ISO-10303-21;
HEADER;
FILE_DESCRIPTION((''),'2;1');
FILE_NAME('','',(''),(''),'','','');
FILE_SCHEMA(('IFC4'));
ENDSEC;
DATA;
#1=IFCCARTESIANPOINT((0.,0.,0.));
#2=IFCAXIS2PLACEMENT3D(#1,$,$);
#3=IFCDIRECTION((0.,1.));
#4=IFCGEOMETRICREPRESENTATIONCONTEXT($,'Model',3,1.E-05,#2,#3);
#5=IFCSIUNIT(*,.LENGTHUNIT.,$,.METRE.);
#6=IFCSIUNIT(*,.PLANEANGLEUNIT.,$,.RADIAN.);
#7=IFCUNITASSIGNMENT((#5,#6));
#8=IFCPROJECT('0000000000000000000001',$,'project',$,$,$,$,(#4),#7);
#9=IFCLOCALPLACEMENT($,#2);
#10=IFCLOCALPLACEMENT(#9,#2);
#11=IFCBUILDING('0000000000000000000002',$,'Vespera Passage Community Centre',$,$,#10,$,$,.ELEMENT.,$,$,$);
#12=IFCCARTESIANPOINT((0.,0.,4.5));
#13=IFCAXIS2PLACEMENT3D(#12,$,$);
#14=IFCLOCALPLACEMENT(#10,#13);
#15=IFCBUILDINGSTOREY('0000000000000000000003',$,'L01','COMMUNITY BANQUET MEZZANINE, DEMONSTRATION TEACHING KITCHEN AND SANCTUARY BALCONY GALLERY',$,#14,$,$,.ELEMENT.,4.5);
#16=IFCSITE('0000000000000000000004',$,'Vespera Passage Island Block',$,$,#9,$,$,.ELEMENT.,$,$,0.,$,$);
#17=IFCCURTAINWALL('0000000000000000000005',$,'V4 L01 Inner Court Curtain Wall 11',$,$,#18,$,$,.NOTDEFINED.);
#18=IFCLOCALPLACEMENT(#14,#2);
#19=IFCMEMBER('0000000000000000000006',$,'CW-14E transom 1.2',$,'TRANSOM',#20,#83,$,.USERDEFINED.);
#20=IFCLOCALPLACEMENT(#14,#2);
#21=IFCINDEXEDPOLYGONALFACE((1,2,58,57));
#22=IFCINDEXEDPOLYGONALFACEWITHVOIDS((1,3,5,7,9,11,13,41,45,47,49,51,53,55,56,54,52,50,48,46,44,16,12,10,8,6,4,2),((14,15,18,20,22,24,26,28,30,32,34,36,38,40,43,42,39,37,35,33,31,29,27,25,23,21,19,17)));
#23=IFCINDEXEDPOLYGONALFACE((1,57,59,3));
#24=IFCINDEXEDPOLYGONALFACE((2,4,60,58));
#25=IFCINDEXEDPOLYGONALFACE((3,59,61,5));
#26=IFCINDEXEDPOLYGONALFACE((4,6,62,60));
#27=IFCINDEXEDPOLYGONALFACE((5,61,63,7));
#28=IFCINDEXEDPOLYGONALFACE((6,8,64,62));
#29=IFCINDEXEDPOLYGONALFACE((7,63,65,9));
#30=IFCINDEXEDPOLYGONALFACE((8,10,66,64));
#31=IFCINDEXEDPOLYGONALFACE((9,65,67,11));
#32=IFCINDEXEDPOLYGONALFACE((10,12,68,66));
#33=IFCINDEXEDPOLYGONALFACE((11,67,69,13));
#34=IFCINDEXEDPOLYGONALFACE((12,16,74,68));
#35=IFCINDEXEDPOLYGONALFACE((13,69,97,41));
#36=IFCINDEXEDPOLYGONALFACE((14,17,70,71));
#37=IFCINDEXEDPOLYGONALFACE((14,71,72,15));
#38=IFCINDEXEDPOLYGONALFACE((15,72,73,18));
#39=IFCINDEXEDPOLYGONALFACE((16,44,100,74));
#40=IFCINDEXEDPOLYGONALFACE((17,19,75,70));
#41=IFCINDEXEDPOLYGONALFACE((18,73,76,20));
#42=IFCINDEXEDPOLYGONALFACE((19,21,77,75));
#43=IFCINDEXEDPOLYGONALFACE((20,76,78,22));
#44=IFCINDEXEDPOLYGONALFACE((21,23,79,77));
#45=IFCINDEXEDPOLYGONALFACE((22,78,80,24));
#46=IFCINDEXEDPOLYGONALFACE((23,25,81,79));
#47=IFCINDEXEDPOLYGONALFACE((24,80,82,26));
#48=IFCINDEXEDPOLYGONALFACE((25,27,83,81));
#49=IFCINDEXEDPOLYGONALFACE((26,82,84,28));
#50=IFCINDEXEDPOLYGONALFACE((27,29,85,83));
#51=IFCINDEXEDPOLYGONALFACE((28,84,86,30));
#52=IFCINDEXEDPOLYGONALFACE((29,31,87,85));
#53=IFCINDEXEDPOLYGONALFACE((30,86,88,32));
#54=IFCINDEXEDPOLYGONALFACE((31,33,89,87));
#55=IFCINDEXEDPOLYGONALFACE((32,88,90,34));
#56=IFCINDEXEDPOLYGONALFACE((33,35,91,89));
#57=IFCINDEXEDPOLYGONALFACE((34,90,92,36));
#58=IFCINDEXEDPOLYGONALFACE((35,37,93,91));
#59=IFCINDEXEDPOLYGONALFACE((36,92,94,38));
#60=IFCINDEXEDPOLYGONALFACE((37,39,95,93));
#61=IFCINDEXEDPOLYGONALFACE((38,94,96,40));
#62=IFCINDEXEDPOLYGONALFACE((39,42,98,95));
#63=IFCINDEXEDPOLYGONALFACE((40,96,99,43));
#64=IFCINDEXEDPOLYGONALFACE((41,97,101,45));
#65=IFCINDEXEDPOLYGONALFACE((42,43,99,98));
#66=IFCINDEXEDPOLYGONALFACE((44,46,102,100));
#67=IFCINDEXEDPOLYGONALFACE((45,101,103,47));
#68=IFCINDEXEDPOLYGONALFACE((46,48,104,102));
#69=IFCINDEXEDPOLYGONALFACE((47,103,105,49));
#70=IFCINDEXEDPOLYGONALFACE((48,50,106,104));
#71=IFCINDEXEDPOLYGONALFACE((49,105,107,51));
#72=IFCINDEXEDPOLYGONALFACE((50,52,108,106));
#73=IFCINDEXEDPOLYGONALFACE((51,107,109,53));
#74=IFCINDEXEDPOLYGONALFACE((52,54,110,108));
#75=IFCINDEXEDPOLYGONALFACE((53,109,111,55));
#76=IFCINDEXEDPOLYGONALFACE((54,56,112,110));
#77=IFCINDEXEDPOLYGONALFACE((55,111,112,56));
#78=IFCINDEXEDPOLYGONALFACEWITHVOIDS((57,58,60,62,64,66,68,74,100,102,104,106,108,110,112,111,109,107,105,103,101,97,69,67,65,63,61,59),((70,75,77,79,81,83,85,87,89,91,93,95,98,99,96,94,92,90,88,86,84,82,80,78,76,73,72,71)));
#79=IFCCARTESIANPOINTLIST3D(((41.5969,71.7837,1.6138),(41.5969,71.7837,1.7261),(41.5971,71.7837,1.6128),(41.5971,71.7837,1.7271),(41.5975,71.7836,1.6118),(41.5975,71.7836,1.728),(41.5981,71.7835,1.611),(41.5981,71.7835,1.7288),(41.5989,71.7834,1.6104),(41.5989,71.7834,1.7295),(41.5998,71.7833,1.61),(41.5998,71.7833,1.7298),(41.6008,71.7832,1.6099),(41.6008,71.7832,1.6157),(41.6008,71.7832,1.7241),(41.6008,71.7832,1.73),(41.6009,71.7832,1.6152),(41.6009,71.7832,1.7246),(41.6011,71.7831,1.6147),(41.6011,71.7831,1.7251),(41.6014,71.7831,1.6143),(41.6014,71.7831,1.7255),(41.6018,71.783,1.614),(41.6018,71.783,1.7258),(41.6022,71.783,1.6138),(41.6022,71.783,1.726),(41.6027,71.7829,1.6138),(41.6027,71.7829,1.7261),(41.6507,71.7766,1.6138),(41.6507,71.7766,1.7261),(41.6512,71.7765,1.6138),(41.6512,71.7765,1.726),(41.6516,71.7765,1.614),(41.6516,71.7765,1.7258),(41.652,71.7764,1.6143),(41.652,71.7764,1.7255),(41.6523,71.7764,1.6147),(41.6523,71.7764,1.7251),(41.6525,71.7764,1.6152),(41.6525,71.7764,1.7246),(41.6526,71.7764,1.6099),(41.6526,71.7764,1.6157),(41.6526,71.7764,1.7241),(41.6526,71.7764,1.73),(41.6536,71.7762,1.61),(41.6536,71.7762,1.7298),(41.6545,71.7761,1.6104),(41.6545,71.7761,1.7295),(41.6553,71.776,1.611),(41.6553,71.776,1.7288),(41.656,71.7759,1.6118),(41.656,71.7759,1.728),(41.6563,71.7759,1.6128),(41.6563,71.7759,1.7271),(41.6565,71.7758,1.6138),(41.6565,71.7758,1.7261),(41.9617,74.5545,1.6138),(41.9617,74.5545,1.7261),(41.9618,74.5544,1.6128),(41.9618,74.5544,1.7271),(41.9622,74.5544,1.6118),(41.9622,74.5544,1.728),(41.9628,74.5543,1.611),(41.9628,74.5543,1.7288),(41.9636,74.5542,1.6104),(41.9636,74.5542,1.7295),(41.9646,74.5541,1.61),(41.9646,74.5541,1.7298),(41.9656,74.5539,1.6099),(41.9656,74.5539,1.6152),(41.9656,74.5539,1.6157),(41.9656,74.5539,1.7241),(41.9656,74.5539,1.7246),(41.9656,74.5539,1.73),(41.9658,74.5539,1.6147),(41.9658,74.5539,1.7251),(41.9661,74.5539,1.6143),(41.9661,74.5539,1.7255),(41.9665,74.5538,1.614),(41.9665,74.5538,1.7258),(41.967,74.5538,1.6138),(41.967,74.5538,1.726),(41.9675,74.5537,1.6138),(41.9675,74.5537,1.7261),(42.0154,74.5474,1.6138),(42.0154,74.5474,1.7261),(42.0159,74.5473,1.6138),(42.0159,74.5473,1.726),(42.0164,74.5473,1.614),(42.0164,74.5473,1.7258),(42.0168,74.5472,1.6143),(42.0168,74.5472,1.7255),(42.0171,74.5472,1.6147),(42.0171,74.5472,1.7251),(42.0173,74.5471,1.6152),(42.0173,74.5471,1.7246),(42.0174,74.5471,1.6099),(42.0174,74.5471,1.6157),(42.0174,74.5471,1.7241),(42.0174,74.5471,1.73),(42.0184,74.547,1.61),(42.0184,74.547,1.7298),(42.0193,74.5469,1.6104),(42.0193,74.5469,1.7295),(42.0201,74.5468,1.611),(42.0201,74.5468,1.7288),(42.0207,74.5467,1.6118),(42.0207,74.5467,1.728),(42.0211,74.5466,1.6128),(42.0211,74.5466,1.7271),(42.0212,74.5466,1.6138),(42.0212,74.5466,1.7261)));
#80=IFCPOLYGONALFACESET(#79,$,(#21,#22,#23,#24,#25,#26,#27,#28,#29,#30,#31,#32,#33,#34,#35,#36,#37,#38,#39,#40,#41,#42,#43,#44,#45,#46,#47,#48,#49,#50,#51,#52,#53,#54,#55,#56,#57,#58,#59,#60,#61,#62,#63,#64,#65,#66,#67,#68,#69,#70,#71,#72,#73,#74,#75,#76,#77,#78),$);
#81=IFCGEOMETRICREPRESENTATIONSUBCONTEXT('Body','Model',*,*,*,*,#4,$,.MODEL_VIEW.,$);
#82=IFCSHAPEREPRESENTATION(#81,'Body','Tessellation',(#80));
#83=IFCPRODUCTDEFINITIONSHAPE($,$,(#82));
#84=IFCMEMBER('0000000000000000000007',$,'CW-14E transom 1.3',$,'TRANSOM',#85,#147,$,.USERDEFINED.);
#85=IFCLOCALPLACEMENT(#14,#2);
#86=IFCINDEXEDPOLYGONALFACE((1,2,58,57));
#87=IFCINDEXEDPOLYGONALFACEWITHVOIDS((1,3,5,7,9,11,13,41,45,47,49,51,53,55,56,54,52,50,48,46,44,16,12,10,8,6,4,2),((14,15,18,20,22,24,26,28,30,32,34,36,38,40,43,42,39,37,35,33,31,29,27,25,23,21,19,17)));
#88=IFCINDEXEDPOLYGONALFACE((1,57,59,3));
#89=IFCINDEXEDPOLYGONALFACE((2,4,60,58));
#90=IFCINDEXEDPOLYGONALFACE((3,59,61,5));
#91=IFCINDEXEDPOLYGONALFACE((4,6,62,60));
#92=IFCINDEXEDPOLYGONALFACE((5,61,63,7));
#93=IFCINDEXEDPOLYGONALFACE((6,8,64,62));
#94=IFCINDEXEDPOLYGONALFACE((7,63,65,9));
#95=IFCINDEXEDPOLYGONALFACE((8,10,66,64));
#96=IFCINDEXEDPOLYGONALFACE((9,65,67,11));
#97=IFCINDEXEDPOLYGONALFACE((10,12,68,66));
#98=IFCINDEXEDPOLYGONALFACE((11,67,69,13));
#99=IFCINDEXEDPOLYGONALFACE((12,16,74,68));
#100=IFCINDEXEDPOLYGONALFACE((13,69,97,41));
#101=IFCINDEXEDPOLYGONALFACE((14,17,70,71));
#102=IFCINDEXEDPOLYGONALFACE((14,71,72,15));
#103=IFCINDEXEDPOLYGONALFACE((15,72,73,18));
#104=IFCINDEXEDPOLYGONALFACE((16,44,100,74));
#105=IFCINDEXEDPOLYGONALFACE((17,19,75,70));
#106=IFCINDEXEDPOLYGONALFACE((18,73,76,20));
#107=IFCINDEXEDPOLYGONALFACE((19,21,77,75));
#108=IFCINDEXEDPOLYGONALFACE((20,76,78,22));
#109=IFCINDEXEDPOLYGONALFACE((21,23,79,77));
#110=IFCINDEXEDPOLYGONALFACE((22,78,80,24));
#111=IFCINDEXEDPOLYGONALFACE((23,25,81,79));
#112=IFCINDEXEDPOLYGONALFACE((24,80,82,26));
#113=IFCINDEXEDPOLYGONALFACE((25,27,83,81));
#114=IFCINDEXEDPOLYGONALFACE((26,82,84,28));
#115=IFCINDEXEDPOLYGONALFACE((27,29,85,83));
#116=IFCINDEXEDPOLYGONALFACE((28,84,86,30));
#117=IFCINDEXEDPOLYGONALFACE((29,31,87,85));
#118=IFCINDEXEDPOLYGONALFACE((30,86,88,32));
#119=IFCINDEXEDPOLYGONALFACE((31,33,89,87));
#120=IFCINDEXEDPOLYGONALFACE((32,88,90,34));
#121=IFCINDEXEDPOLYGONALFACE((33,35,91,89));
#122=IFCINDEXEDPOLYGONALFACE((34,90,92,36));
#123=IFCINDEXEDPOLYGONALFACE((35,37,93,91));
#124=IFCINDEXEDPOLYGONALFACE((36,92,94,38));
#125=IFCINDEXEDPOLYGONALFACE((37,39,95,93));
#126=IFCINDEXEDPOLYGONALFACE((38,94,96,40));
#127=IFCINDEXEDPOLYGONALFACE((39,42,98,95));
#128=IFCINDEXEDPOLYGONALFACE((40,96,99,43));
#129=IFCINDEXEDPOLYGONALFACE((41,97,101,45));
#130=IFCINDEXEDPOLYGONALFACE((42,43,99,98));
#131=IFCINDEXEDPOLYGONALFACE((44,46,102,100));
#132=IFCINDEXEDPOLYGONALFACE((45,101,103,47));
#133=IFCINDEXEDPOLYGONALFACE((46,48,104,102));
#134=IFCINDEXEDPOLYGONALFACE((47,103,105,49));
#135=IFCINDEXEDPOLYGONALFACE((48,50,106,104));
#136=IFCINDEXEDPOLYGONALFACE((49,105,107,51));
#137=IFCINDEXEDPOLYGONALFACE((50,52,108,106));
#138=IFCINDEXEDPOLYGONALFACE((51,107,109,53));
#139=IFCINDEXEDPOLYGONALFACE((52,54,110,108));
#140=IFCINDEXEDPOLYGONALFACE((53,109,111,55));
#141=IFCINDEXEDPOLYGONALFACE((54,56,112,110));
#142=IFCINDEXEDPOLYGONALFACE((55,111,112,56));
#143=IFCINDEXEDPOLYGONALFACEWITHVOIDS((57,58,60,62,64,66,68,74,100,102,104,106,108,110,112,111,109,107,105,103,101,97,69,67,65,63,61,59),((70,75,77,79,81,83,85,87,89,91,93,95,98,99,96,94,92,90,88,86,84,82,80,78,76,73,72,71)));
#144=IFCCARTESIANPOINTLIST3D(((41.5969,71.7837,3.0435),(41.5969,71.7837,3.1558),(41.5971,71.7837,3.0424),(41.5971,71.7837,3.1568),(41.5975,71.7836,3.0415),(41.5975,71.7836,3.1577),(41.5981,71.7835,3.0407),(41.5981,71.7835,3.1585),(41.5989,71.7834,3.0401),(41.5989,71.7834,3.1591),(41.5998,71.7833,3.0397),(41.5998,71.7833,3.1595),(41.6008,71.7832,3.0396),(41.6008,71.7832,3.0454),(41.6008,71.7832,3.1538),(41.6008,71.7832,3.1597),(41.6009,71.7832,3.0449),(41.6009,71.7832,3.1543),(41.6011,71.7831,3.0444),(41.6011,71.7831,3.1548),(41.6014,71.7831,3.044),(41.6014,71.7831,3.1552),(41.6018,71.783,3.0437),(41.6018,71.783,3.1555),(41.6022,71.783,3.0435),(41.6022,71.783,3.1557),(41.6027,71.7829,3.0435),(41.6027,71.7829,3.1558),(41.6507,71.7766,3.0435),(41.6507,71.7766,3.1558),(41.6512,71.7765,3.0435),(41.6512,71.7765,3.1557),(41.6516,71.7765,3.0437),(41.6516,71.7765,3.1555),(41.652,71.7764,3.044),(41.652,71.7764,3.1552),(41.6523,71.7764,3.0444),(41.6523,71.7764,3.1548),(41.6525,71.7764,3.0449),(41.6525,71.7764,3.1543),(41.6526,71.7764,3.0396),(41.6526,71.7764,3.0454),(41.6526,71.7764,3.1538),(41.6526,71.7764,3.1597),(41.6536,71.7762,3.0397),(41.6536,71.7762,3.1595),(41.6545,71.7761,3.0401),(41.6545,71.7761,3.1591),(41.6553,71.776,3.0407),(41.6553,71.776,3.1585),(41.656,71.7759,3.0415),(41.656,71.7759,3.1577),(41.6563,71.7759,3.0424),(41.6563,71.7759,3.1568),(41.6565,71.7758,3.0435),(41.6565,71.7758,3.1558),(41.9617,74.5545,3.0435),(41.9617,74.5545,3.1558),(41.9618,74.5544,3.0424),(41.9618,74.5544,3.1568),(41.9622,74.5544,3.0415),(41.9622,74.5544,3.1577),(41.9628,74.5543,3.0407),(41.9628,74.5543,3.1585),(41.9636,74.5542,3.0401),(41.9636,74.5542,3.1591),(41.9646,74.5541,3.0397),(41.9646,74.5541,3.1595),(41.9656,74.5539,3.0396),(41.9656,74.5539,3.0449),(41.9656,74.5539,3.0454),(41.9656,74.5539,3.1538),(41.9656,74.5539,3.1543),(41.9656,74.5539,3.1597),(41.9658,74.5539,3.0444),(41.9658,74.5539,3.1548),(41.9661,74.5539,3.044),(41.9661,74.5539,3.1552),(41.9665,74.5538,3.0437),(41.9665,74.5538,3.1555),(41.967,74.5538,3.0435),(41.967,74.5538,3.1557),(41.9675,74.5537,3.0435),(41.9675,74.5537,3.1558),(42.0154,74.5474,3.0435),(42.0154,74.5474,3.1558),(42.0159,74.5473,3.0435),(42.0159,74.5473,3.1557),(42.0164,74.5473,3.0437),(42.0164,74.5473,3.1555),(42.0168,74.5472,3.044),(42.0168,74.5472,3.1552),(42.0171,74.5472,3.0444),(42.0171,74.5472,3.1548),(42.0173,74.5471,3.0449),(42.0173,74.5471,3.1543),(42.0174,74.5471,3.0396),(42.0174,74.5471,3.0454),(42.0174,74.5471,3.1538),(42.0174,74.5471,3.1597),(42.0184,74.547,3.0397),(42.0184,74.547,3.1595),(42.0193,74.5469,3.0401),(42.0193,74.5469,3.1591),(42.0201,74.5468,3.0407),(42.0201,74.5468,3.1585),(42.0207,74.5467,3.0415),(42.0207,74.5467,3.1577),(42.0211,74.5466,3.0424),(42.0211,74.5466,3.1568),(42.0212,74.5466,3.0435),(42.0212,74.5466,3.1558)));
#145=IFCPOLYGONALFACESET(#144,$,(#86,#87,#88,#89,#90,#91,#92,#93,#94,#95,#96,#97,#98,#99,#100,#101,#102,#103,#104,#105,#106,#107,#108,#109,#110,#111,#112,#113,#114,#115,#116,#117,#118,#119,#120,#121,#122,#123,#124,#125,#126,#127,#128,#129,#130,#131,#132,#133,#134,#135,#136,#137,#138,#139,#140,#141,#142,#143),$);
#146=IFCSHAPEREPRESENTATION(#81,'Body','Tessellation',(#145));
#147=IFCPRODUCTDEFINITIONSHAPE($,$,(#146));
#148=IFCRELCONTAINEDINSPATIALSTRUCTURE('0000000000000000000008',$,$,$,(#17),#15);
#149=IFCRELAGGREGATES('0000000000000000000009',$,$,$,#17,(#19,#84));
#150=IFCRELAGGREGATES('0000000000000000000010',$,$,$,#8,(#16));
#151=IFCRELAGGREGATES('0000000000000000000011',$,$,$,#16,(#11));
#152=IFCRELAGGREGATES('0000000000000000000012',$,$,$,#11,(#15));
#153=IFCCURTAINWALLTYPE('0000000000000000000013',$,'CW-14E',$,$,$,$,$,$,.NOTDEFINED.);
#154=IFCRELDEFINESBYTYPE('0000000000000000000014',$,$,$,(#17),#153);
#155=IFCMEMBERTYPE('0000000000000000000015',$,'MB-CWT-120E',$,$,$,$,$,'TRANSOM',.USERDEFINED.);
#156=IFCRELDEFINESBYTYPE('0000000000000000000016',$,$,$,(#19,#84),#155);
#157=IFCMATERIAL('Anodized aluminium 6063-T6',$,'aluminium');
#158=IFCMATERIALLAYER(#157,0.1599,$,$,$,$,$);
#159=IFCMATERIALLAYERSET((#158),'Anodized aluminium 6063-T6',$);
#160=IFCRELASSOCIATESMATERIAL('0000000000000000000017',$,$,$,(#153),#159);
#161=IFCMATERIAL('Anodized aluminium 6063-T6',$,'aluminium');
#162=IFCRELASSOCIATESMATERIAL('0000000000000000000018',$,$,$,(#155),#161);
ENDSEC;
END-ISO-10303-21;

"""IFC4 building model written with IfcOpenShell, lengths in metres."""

from ifc_helpers import new_model, si_unit, direction, frame, origin, origin_2d, place, context, subcontext, project, spatial, hollow_rectangle, extrude, material, layer, layer_set, material_profile, profile_set, type_object, element, aggregate, save


model = new_model("IFC4")

# Units and contexts
model_context = context("Model", 3, precision=1e-05, world=origin(), true_north=direction((0.0, 1.0)))
body_context = subcontext(model_context, "Body", "Model", "MODEL_VIEW")
ifc_project = project(units=[si_unit("LENGTHUNIT", "METRE"), si_unit("PLANEANGLEUNIT", "RADIAN")], contexts=[model_context])

# Site, building, storey
site_placement = place(None, origin())
site = spatial("IfcSite", under=ifc_project, at=site_placement, Name="Vespera Passage Island Block", CompositionType="ELEMENT", RefElevation=0.0)
building_placement = place(site_placement, origin())
building = spatial("IfcBuilding", under=site, at=building_placement, Name="Vespera Passage Community Centre", CompositionType="ELEMENT")
storey_placement = place(building_placement, frame((0.0, 0.0, 4.5)))
storey = spatial("IfcBuildingStorey", under=building, at=storey_placement, Name="L01", Description="COMMUNITY BANQUET MEZZANINE, DEMONSTRATION TEACHING KITCHEN AND SANCTUARY BALCONY GALLERY", CompositionType="ELEMENT", Elevation=4.5)

# Curtain wall
ifc_material_1 = material(Name="Anodized aluminium 6063-T6", Category="aluminium")
ifc_layer_1 = layer(ifc_material_1, 0.1599)
ifc_layer_set_1 = layer_set([ifc_layer_1], Name="Anodized aluminium 6063-T6")
curtain_wall_type_1 = type_object("IfcCurtainWallType", Name="CW-14E", PredefinedType="NOTDEFINED", material=ifc_layer_set_1)
curtain_wall_1_placement = place(storey_placement, origin())
curtain_wall_1 = element("IfcCurtainWall", 1, at=curtain_wall_1_placement, inside=storey, type_object=curtain_wall_type_1, Name="V4 L01 Inner Court Curtain Wall 11", PredefinedType="NOTDEFINED")

# Members
ifc_material_2 = material(Name="Anodized aluminium 6063-T6", Category="aluminium")
ifc_material_profile_1 = material_profile(ifc_material_2, hollow_rectangle(XDim=0.0601, YDim=0.1201, WallThickness=0.0039, InnerFilletRadius=0.002, OuterFilletRadius=0.0039, at=origin_2d()), Name="ALU120X60X4")
ifc_profile_set_1 = profile_set([ifc_material_profile_1], Name="Anodized aluminium 6063-T6")
member_type_1 = type_object("IfcMemberType", Name="MB-CWT-120E", ElementType="TRANSOM", PredefinedType="USERDEFINED", material=ifc_profile_set_1)
member_1_placement = place(storey_placement, frame((41.9915, 74.5505, 1.6699), z_axis=(-0.130516, -0.991446, 0.0), x_axis=(0.991446, -0.130516, 0.0)))
member_1 = element("IfcMember", 2, at=member_1_placement, type_object=member_type_1, Name="CW-14E transom 1.2", ObjectType="TRANSOM", PredefinedType="USERDEFINED", context=body_context, shape_type="SweptSolid", body=[
    extrude(hollow_rectangle(XDim=0.0601, YDim=0.1201, WallThickness=0.0039, InnerFilletRadius=0.002, OuterFilletRadius=0.0039, at=origin_2d()), origin(), (0.0, 0.0, 1.0), 2.7947),
])
member_2_placement = place(storey_placement, frame((41.9915, 74.5505, 3.0996), z_axis=(-0.130516, -0.991446, 0.0), x_axis=(0.991446, -0.130516, 0.0)))
member_2 = element("IfcMember", 3, at=member_2_placement, type_object=member_type_1, Name="CW-14E transom 1.3", ObjectType="TRANSOM", PredefinedType="USERDEFINED", context=body_context, shape_type="SweptSolid", body=[
    extrude(hollow_rectangle(XDim=0.0601, YDim=0.1201, WallThickness=0.0039, InnerFilletRadius=0.002, OuterFilletRadius=0.0039, at=origin_2d()), origin(), (0.0, 0.0, 1.0), 2.7947),
])

aggregate(curtain_wall_1, [member_1, member_2])

save(model, "model.ifc")
